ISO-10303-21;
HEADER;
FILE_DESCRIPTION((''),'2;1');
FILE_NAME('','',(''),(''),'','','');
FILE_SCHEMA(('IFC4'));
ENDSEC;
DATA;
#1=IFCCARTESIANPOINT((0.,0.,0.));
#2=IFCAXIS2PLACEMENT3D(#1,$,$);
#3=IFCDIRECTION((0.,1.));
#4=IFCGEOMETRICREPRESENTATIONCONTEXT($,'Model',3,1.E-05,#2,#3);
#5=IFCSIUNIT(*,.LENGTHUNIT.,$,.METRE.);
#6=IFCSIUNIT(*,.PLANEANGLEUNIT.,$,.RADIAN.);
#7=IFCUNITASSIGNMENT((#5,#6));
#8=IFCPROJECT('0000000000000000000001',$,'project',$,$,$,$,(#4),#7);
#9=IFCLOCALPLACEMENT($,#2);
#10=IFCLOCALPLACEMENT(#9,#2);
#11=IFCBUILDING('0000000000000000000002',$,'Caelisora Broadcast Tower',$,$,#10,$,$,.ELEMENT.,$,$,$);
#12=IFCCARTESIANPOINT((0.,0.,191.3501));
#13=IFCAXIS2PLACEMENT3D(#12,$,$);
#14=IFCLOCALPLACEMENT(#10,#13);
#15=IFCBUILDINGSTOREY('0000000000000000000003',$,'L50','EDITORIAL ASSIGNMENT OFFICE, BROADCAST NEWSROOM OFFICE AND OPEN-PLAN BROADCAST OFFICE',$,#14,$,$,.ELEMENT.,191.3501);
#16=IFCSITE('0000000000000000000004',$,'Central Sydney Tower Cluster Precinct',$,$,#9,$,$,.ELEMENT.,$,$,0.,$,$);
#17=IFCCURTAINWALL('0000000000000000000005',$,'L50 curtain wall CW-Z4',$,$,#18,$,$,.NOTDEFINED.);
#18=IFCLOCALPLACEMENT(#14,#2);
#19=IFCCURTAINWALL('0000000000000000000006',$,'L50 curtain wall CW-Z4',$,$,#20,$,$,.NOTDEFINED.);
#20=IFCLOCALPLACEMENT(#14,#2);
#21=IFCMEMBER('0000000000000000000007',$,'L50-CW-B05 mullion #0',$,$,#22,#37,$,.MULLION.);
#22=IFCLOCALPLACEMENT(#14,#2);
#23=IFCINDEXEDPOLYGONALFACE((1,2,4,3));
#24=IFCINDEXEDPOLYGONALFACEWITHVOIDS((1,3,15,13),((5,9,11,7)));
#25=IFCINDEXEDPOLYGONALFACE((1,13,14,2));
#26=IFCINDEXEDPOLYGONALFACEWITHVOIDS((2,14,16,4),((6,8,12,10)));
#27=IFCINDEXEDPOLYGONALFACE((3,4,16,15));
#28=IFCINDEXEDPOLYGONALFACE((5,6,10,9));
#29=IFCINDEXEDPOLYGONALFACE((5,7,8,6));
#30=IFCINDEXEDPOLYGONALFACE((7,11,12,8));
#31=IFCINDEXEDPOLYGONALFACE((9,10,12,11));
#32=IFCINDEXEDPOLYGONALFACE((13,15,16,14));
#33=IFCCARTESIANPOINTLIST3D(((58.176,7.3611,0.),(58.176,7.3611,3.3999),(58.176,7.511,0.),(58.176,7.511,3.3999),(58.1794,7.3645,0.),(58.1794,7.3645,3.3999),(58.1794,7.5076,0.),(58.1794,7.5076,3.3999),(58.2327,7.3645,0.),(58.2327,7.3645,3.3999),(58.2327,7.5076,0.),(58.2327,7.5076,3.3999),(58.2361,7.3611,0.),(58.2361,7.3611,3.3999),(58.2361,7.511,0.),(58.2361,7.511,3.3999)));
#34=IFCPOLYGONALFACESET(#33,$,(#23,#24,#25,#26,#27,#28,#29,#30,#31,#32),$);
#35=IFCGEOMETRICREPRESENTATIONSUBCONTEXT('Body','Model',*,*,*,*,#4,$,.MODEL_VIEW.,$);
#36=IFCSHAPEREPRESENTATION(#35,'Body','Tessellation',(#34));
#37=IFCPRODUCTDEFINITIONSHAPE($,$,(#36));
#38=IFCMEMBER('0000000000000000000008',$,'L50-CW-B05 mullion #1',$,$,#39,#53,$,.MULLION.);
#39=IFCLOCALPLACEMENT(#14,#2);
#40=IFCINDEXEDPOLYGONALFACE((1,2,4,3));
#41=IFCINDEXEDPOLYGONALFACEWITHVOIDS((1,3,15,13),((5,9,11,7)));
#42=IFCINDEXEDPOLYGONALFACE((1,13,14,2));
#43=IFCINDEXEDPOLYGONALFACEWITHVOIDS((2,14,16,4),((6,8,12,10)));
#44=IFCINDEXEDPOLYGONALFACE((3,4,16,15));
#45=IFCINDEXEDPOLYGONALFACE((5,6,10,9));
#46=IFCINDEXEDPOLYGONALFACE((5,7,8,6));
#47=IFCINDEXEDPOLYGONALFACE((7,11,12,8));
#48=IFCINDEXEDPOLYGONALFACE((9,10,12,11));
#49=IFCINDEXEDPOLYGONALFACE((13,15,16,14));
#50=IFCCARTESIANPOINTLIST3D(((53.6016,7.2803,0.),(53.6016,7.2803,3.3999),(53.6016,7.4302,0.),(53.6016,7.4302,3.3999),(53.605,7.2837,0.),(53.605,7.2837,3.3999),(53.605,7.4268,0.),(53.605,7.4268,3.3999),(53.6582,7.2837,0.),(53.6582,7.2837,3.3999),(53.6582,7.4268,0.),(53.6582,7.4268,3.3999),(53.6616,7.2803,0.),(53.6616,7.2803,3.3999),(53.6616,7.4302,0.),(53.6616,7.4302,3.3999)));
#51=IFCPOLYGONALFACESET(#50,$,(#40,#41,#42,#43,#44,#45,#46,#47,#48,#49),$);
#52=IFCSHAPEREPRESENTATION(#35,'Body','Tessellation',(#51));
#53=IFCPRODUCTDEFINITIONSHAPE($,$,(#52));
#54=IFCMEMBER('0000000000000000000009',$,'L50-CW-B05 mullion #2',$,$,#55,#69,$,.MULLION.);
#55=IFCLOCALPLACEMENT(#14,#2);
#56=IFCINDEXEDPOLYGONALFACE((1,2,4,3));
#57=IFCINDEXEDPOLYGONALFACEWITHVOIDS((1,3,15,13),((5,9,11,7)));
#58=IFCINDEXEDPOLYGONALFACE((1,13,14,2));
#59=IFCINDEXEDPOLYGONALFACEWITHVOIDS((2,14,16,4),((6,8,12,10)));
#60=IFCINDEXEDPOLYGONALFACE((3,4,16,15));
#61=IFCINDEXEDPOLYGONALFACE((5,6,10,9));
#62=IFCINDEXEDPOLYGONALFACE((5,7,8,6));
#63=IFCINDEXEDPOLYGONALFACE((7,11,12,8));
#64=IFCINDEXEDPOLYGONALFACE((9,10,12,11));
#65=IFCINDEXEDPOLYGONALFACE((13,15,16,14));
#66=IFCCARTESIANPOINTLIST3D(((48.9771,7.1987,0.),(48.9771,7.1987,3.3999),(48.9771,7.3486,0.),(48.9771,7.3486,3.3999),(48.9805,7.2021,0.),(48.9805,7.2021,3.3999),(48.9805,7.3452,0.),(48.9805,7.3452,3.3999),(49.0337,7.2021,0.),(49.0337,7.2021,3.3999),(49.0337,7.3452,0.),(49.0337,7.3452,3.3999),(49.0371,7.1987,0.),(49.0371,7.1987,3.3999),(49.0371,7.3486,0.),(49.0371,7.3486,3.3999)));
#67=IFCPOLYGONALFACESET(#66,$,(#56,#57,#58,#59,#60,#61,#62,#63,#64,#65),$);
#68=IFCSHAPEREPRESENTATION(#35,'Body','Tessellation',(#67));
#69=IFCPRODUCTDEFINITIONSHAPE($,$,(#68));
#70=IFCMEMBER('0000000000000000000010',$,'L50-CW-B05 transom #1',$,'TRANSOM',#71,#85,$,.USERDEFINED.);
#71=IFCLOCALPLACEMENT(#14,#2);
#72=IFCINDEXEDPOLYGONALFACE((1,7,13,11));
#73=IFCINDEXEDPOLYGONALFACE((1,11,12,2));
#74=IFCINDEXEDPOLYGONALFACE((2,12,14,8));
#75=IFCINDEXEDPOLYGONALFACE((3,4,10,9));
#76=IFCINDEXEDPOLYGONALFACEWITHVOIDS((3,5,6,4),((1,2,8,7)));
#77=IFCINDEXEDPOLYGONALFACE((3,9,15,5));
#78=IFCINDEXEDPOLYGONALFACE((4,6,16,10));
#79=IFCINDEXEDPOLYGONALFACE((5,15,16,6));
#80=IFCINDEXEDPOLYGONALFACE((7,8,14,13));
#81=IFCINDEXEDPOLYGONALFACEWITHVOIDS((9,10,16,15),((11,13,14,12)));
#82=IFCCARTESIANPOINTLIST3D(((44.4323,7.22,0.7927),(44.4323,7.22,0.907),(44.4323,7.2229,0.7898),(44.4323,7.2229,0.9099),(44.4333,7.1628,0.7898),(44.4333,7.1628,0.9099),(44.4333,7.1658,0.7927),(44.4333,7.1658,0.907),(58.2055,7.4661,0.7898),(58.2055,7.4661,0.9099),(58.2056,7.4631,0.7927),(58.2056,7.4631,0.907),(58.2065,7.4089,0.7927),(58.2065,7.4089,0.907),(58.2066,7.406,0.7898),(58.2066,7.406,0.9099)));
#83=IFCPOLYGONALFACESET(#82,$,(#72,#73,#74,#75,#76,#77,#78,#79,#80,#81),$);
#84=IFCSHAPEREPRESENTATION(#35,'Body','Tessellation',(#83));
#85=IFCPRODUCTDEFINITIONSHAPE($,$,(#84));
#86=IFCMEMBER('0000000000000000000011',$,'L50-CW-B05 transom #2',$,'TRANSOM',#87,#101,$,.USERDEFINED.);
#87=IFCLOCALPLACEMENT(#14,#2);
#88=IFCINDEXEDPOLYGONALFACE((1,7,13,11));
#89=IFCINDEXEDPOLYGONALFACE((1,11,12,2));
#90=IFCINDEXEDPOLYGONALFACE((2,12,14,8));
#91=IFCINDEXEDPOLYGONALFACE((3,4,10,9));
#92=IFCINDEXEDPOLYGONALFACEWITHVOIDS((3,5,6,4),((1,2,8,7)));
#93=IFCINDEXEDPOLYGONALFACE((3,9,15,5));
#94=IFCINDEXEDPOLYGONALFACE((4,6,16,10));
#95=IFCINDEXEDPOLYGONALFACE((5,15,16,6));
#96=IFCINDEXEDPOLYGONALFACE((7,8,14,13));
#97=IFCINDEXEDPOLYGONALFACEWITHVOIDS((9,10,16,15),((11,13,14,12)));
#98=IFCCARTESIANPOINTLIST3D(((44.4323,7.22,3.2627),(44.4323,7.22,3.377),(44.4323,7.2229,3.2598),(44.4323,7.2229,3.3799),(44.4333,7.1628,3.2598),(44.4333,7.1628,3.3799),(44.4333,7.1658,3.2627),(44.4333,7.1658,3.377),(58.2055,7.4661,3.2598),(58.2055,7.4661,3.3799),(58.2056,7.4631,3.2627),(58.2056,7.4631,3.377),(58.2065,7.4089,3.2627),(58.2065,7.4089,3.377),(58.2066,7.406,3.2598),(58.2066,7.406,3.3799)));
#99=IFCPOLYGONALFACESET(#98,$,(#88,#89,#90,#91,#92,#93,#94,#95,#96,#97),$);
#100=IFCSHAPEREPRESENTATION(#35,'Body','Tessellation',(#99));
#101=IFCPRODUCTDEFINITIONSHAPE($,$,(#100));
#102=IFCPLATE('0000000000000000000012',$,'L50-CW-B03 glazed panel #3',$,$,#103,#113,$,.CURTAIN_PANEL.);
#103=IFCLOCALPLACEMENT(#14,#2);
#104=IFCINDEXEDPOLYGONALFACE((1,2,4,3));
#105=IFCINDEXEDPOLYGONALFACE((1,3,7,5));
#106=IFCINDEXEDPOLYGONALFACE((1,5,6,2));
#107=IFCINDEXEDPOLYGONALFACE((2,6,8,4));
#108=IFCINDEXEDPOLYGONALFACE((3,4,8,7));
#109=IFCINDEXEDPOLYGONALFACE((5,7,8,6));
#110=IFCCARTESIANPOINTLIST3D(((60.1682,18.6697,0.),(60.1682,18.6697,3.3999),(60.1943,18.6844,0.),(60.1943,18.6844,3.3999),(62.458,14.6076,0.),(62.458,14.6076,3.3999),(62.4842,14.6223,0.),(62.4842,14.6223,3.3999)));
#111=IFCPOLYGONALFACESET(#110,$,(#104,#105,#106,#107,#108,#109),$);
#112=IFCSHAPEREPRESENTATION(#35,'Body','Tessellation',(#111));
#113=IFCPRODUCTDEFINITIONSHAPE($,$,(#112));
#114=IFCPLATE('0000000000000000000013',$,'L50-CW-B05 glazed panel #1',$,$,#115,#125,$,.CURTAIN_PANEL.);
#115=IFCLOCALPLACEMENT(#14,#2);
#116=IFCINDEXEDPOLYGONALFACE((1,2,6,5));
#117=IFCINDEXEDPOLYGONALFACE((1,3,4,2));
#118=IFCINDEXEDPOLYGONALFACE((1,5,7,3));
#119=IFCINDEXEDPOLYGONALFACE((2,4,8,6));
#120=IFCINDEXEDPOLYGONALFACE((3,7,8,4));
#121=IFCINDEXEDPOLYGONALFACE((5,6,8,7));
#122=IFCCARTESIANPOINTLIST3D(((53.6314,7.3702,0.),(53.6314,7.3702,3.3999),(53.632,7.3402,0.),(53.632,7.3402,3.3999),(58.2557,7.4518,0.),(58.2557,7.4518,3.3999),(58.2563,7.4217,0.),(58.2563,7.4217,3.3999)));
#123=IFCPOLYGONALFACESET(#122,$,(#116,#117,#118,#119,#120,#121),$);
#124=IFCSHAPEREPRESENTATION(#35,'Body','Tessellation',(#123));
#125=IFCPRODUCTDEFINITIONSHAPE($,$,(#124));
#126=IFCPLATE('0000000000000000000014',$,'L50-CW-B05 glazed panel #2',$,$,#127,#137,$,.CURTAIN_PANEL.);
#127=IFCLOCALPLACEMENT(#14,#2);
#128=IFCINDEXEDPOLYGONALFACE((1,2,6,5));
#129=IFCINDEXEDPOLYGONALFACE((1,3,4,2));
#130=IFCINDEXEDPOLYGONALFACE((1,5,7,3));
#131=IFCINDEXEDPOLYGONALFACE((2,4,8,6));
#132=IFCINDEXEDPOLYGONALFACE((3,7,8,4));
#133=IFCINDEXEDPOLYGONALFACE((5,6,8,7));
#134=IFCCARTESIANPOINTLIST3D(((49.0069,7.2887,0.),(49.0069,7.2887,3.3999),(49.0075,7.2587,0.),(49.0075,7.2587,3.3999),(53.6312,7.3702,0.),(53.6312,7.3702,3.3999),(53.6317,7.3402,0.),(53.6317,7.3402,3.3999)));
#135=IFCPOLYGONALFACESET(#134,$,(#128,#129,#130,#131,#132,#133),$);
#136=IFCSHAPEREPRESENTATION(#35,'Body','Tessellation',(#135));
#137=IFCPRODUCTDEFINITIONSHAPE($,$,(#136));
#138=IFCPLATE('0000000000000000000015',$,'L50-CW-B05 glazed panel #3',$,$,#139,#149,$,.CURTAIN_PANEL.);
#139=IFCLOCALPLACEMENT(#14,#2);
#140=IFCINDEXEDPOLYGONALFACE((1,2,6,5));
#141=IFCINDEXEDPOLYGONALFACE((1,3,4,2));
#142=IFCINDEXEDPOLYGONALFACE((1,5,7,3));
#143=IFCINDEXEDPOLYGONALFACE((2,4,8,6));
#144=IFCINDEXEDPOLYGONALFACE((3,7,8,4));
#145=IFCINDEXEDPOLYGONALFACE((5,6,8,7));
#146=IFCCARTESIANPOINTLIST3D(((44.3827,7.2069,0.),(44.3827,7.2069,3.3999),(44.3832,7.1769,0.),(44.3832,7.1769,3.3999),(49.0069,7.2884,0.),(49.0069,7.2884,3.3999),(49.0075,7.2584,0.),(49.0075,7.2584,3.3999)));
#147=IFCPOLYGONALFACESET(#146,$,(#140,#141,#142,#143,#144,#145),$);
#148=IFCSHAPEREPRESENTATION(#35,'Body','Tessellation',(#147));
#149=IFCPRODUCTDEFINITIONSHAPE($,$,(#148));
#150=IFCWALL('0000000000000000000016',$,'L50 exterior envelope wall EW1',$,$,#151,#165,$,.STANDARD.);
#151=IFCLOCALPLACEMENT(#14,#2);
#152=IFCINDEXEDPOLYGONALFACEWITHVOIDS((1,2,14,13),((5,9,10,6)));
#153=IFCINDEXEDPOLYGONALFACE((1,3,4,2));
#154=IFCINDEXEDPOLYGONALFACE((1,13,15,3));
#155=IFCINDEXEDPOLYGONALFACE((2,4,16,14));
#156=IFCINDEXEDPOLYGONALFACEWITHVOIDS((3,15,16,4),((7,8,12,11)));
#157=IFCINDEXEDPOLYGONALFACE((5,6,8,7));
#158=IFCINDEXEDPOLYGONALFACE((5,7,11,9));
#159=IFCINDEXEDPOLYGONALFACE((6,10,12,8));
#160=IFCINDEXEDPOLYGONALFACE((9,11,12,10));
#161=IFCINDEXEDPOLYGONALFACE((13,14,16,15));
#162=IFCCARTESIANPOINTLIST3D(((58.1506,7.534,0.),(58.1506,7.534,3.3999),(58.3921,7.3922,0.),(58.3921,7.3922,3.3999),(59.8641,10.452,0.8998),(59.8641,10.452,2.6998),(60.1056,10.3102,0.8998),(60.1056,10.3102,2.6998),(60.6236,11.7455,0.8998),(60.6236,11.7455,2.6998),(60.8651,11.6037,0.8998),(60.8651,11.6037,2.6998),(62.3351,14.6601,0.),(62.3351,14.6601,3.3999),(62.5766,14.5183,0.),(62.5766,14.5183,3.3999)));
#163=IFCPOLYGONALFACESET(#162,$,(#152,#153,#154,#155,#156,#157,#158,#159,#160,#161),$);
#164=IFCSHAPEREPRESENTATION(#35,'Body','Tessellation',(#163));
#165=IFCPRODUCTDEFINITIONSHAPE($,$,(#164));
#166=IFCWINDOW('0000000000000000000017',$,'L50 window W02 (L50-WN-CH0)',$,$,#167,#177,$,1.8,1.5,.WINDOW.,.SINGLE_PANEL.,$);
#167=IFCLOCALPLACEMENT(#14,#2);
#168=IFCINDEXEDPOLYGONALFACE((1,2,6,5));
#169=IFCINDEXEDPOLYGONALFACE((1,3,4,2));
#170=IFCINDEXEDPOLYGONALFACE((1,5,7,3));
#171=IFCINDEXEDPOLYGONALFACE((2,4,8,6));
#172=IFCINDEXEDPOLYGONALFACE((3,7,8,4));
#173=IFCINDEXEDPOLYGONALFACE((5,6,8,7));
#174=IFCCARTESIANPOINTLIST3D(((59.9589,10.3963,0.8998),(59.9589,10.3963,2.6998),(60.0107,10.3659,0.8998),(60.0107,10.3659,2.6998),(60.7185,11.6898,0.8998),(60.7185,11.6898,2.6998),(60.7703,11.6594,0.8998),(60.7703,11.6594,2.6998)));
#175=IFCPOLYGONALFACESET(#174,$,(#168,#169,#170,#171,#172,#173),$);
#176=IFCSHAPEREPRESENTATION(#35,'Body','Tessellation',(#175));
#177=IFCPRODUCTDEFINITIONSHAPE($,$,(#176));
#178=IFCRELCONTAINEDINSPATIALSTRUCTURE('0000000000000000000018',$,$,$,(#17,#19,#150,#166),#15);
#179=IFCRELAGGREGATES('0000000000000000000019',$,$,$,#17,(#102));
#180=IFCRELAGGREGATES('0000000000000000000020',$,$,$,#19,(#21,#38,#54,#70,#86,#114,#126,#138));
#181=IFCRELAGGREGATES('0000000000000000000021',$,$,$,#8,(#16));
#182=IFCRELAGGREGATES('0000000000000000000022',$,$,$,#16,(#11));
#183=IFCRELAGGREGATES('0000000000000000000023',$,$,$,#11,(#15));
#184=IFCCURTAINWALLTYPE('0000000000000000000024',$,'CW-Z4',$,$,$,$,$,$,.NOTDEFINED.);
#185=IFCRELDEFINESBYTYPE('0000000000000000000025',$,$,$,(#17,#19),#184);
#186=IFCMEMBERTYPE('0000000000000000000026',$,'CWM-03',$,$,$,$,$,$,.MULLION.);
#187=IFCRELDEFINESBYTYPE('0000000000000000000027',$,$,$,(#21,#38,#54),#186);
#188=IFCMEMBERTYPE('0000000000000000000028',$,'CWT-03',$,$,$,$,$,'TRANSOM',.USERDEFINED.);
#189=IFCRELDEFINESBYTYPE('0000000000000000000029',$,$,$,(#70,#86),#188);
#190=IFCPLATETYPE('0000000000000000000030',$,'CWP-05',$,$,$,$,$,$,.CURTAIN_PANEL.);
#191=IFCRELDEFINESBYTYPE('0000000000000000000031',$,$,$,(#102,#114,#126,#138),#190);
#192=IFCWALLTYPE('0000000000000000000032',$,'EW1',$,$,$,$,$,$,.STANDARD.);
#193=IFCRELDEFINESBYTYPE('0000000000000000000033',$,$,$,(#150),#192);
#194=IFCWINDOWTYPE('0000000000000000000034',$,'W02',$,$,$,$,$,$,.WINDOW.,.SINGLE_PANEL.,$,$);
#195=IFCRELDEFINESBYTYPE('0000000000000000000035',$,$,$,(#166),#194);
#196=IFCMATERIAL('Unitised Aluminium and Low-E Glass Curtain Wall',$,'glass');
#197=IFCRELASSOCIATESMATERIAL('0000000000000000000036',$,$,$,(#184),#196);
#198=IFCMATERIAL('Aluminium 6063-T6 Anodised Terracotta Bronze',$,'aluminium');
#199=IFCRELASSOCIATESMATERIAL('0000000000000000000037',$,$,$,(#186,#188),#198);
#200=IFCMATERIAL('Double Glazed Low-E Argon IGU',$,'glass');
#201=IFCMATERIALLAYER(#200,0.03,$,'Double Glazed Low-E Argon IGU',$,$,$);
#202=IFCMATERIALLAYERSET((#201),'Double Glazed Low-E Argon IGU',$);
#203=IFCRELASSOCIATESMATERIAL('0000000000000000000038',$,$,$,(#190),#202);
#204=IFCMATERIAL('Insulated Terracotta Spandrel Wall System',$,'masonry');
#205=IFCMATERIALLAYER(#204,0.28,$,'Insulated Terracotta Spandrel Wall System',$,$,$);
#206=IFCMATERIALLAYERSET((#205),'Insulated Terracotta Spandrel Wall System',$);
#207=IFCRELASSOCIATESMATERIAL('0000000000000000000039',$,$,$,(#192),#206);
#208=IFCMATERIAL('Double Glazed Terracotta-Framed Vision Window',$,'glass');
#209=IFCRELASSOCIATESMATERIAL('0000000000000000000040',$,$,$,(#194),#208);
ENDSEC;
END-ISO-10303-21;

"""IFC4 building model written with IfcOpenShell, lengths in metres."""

from ifc_helpers import new_model, si_unit, direction, frame, frame_2d, origin, origin_2d, place, context, subcontext, project, spatial, rectangle, hollow_rectangle, extrude, source, transform, mapped, material, layer, layer_set, material_profile, profile_set, type_object, type_shapes, element, fill, aggregate, save


model = new_model("IFC4")

# Units and contexts
model_context = context("Model", 3, precision=1e-05, world=origin(), true_north=direction((0.0, 1.0)))
body_context = subcontext(model_context, "Body", "Model", "MODEL_VIEW")
ifc_project = project(units=[si_unit("LENGTHUNIT", "METRE"), si_unit("PLANEANGLEUNIT", "RADIAN")], contexts=[model_context])

# Site, building, storey
site_placement = place(None, origin())
site = spatial("IfcSite", under=ifc_project, at=site_placement, Name="Central Sydney Tower Cluster Precinct", CompositionType="ELEMENT", RefElevation=0.0)
building_placement = place(site_placement, origin())
building = spatial("IfcBuilding", under=site, at=building_placement, Name="Caelisora Broadcast Tower", CompositionType="ELEMENT")
storey_placement = place(building_placement, frame((0.0, 0.0, 191.3501)))
storey = spatial("IfcBuildingStorey", under=building, at=storey_placement, Name="L50", Description="EDITORIAL ASSIGNMENT OFFICE, BROADCAST NEWSROOM OFFICE AND OPEN-PLAN BROADCAST OFFICE", CompositionType="ELEMENT", Elevation=191.3501)

# Curtain wall
ifc_material_1 = material(Name="Unitised Aluminium and Low-E Glass Curtain Wall", Category="glass")
curtain_wall_type = type_object("IfcCurtainWallType", Name="CW-Z4", PredefinedType="NOTDEFINED", material=ifc_material_1)
curtain_wall_1_placement = place(storey_placement, origin())
curtain_wall_1 = element("IfcCurtainWall", 1, at=curtain_wall_1_placement, inside=storey, type_object=curtain_wall_type, Name="L50 curtain wall CW-Z4", PredefinedType="NOTDEFINED")
ifc_material_2 = material(Name="Aluminium 6063-T6 Anodised Terracotta Bronze", Category="aluminium")
ifc_material_profile_1 = material_profile(ifc_material_2, hollow_rectangle(XDim=0.0601, YDim=0.1499, WallThickness=0.0034, at=origin_2d()), Name="Aluminium 6063-T6 Anodised Terracotta Bronze")
ifc_profile_set_1 = profile_set([ifc_material_profile_1], Name="Aluminium 6063-T6 Anodised Terracotta Bronze")
member_type_1 = type_object("IfcMemberType", Name="CWM-03", PredefinedType="MULLION", material=ifc_profile_set_1)
shared_shape_1 = source(origin(), body_context, "Body", "SweptSolid", [
    extrude(hollow_rectangle(XDim=0.0601, YDim=0.1499, WallThickness=0.0034, at=origin_2d()), origin(), (0.0, 0.0, 1.0), 3.3999),
])
type_shapes(member_type_1, [shared_shape_1])

# Curtain wall, members
curtain_wall_2_placement = place(storey_placement, origin())
curtain_wall_2 = element("IfcCurtainWall", 2, at=curtain_wall_2_placement, inside=storey, type_object=curtain_wall_type, Name="L50 curtain wall CW-Z4", PredefinedType="NOTDEFINED")
member_1_placement = place(storey_placement, frame((58.2061, 7.436, 0.0), z_axis=(0.0, 0.0, 1.0), x_axis=(1.0, 0.0, 0.0)))
member_1 = element("IfcMember", 3, at=member_1_placement, type_object=member_type_1, Name="L50-CW-B05 mullion #0", PredefinedType="MULLION", context=body_context, shape_type="MappedRepresentation", body=[
    mapped(shared_shape_1, transform((0.0, 0.0, 0.0), scale=1.0)),
])
member_2_placement = place(storey_placement, frame((53.6316, 7.3552, 0.0), z_axis=(0.0, 0.0, 1.0), x_axis=(1.0, 0.0, 0.0)))
member_2 = element("IfcMember", 4, at=member_2_placement, type_object=member_type_1, Name="L50-CW-B05 mullion #1", PredefinedType="MULLION", context=body_context, shape_type="MappedRepresentation", body=[
    mapped(shared_shape_1, transform((0.0, 0.0, 0.0), scale=1.0)),
])
member_3_placement = place(storey_placement, frame((49.0071, 7.2737, 0.0), z_axis=(0.0, 0.0, 1.0), x_axis=(1.0, 0.0, 0.0)))
member_3 = element("IfcMember", 5, at=member_3_placement, type_object=member_type_1, Name="L50-CW-B05 mullion #2", PredefinedType="MULLION", context=body_context, shape_type="MappedRepresentation", body=[
    mapped(shared_shape_1, transform((0.0, 0.0, 0.0), scale=1.0)),
])
ifc_material_profile_2 = material_profile(ifc_material_2, hollow_rectangle(XDim=0.0601, YDim=0.1201, WallThickness=0.0029, at=origin_2d()), Name="Aluminium 6063-T6 Anodised Terracotta Bronze")
ifc_profile_set_2 = profile_set([ifc_material_profile_2], Name="Aluminium 6063-T6 Anodised Terracotta Bronze")
member_type_2 = type_object("IfcMemberType", Name="CWT-03", ElementType="TRANSOM", PredefinedType="USERDEFINED", material=ifc_profile_set_2)
shared_shape_2 = source(origin(), body_context, "Body", "SweptSolid", [
    extrude(hollow_rectangle(XDim=0.0601, YDim=0.1201, WallThickness=0.0029, at=origin_2d()), origin(), (0.0, 0.0, 1.0), 13.7754),
])
type_shapes(member_type_2, [shared_shape_2])
member_4_placement = place(storey_placement, frame((58.2061, 7.436, 0.8499), z_axis=(-0.999844, -0.017652, 0.0), x_axis=(0.017652, -0.999844, 0.0)))
member_4 = element("IfcMember", 6, at=member_4_placement, type_object=member_type_2, Name="L50-CW-B05 transom #1", ObjectType="TRANSOM", PredefinedType="USERDEFINED", context=body_context, shape_type="MappedRepresentation", body=[
    mapped(shared_shape_2, transform((0.0, 0.0, 0.0), scale=1.0)),
])
member_5_placement = place(storey_placement, frame((58.2061, 7.436, 3.3198), z_axis=(-0.999844, -0.017652, 0.0), x_axis=(0.017652, -0.999844, 0.0)))
member_5 = element("IfcMember", 7, at=member_5_placement, type_object=member_type_2, Name="L50-CW-B05 transom #2", ObjectType="TRANSOM", PredefinedType="USERDEFINED", context=body_context, shape_type="MappedRepresentation", body=[
    mapped(shared_shape_2, transform((0.0, 0.0, 0.0), scale=1.0)),
])

# Plates
ifc_material_3 = material(Name="Double Glazed Low-E Argon IGU", Category="glass")
ifc_layer_1 = layer(ifc_material_3, 0.03, Name="Double Glazed Low-E Argon IGU")
ifc_layer_set_1 = layer_set([ifc_layer_1], Name="Double Glazed Low-E Argon IGU")
plate_type = type_object("IfcPlateType", Name="CWP-05", PredefinedType="CURTAIN_PANEL", material=ifc_layer_set_1)
shared_shape_3 = source(origin(), body_context, "Body", "SweptSolid", [
    extrude(rectangle(XDim=4.6631, YDim=0.03, at=origin_2d()), origin(), (0.0, 0.0, 1.0), 3.3999),
])
plate_1_placement = place(storey_placement, frame((61.3262, 16.646, 0.0), z_axis=(0.0, 0.0, 1.0), x_axis=(0.491056, -0.871128, 0.0)))
plate_1 = element("IfcPlate", 8, at=plate_1_placement, type_object=plate_type, Name="L50-CW-B03 glazed panel #3", PredefinedType="CURTAIN_PANEL", context=body_context, shape_type="MappedRepresentation", body=[
    mapped(shared_shape_3, transform((0.0, 0.0, 0.0), scale=1.0)),
])
aggregate(curtain_wall_1, [plate_1])
shared_shape_4 = source(origin(), body_context, "Body", "SweptSolid", [
    extrude(rectangle(XDim=4.625, YDim=0.03, at=origin_2d()), origin(), (0.0, 0.0, 1.0), 3.3999),
])
type_shapes(plate_type, [shared_shape_3, shared_shape_4])
plate_2_placement = place(storey_placement, frame((55.9438, 7.396, 0.0), z_axis=(0.0, 0.0, 1.0), x_axis=(-0.999845, -0.017627, 0.0)))
plate_2 = element("IfcPlate", 9, at=plate_2_placement, type_object=plate_type, Name="L50-CW-B05 glazed panel #1", PredefinedType="CURTAIN_PANEL", context=body_context, shape_type="MappedRepresentation", body=[
    mapped(shared_shape_4, transform((0.0, 0.0, 0.0), scale=1.0)),
])
plate_3_placement = place(storey_placement, frame((51.3193, 7.3145, 0.0), z_axis=(0.0, 0.0, 1.0), x_axis=(-0.999845, -0.017627, 0.0)))
plate_3 = element("IfcPlate", 10, at=plate_3_placement, type_object=plate_type, Name="L50-CW-B05 glazed panel #2", PredefinedType="CURTAIN_PANEL", context=body_context, shape_type="MappedRepresentation", body=[
    mapped(shared_shape_4, transform((0.0, 0.0, 0.0), scale=1.0)),
])
plate_4_placement = place(storey_placement, frame((46.6951, 7.2327, 0.0), z_axis=(0.0, 0.0, 1.0), x_axis=(-0.999845, -0.017627, 0.0)))
plate_4 = element("IfcPlate", 11, at=plate_4_placement, type_object=plate_type, Name="L50-CW-B05 glazed panel #3", PredefinedType="CURTAIN_PANEL", context=body_context, shape_type="MappedRepresentation", body=[
    mapped(shared_shape_4, transform((0.0, 0.0, 0.0), scale=1.0)),
])
aggregate(curtain_wall_2, [member_1, member_2, member_3, member_4, member_5, plate_2, plate_3, plate_4])

# Wall, opening, window
ifc_material_4 = material(Name="Insulated Terracotta Spandrel Wall System", Category="masonry")
ifc_layer_2 = layer(ifc_material_4, 0.28, Name="Insulated Terracotta Spandrel Wall System")
ifc_layer_set_2 = layer_set([ifc_layer_2], Name="Insulated Terracotta Spandrel Wall System")
wall_type_1 = type_object("IfcWallType", Name="EW1", PredefinedType="STANDARD", material=ifc_layer_set_2)
wall_1_placement = place(storey_placement, frame((62.4558, 14.5891, 0.0), z_axis=(0.0, 0.0, 1.0), x_axis=(-0.506362, -0.862321, 0.0)))
wall_1 = element("IfcWall", 12, at=wall_1_placement, inside=storey, type_object=wall_type_1, Name="L50 exterior envelope wall EW1", PredefinedType="STANDARD", context=body_context, shape_type="SweptSolid", body=[
    extrude(rectangle(XDim=8.2639, YDim=0.28, at=frame_2d((4.1318, 0.0))), origin(), (0.0, 0.0, 1.0), 3.3999),
])
opening_placement = place(wall_1_placement, frame((3.3799, 0.0, 0.8999)))
opening = element("IfcOpeningElement", 13, at=opening_placement, cuts=wall_1, PredefinedType="OPENING", context=body_context, shape_type="SweptSolid", body=[
    extrude(rectangle(XDim=1.5, YDim=1.8, at=frame_2d((0.75, 0.8999))), frame((0.0, 0.1521, 0.0), z_axis=(0.0, -1.0, 0.0), x_axis=(1.0, 0.0, 0.0)), (0.0, 0.0, 1.0), 0.304),
])
ifc_material_5 = material(Name="Double Glazed Terracotta-Framed Vision Window", Category="glass")
window_type = type_object("IfcWindowType", Name="W02", PartitioningType="SINGLE_PANEL", PredefinedType="WINDOW", material=ifc_material_5)
window_placement = place(opening_placement, origin())
window = element("IfcWindow", 14, at=window_placement, inside=storey, type_object=window_type, Name="L50 window W02 (L50-WN-CH0)", OverallHeight=1.8, OverallWidth=1.5, PartitioningType="SINGLE_PANEL", PredefinedType="WINDOW", context=body_context, shape_type="SweptSolid", body=[
    extrude(rectangle(XDim=1.5, YDim=1.8, at=frame_2d((0.75, 0.8999))), frame((0.0, 0.03, 0.0), z_axis=(0.0, -1.0, 0.0), x_axis=(1.0, 0.0, 0.0)), (0.0, 0.0, 1.0), 0.0601),
])
fill(opening, window)

save(model, "model.ifc")
